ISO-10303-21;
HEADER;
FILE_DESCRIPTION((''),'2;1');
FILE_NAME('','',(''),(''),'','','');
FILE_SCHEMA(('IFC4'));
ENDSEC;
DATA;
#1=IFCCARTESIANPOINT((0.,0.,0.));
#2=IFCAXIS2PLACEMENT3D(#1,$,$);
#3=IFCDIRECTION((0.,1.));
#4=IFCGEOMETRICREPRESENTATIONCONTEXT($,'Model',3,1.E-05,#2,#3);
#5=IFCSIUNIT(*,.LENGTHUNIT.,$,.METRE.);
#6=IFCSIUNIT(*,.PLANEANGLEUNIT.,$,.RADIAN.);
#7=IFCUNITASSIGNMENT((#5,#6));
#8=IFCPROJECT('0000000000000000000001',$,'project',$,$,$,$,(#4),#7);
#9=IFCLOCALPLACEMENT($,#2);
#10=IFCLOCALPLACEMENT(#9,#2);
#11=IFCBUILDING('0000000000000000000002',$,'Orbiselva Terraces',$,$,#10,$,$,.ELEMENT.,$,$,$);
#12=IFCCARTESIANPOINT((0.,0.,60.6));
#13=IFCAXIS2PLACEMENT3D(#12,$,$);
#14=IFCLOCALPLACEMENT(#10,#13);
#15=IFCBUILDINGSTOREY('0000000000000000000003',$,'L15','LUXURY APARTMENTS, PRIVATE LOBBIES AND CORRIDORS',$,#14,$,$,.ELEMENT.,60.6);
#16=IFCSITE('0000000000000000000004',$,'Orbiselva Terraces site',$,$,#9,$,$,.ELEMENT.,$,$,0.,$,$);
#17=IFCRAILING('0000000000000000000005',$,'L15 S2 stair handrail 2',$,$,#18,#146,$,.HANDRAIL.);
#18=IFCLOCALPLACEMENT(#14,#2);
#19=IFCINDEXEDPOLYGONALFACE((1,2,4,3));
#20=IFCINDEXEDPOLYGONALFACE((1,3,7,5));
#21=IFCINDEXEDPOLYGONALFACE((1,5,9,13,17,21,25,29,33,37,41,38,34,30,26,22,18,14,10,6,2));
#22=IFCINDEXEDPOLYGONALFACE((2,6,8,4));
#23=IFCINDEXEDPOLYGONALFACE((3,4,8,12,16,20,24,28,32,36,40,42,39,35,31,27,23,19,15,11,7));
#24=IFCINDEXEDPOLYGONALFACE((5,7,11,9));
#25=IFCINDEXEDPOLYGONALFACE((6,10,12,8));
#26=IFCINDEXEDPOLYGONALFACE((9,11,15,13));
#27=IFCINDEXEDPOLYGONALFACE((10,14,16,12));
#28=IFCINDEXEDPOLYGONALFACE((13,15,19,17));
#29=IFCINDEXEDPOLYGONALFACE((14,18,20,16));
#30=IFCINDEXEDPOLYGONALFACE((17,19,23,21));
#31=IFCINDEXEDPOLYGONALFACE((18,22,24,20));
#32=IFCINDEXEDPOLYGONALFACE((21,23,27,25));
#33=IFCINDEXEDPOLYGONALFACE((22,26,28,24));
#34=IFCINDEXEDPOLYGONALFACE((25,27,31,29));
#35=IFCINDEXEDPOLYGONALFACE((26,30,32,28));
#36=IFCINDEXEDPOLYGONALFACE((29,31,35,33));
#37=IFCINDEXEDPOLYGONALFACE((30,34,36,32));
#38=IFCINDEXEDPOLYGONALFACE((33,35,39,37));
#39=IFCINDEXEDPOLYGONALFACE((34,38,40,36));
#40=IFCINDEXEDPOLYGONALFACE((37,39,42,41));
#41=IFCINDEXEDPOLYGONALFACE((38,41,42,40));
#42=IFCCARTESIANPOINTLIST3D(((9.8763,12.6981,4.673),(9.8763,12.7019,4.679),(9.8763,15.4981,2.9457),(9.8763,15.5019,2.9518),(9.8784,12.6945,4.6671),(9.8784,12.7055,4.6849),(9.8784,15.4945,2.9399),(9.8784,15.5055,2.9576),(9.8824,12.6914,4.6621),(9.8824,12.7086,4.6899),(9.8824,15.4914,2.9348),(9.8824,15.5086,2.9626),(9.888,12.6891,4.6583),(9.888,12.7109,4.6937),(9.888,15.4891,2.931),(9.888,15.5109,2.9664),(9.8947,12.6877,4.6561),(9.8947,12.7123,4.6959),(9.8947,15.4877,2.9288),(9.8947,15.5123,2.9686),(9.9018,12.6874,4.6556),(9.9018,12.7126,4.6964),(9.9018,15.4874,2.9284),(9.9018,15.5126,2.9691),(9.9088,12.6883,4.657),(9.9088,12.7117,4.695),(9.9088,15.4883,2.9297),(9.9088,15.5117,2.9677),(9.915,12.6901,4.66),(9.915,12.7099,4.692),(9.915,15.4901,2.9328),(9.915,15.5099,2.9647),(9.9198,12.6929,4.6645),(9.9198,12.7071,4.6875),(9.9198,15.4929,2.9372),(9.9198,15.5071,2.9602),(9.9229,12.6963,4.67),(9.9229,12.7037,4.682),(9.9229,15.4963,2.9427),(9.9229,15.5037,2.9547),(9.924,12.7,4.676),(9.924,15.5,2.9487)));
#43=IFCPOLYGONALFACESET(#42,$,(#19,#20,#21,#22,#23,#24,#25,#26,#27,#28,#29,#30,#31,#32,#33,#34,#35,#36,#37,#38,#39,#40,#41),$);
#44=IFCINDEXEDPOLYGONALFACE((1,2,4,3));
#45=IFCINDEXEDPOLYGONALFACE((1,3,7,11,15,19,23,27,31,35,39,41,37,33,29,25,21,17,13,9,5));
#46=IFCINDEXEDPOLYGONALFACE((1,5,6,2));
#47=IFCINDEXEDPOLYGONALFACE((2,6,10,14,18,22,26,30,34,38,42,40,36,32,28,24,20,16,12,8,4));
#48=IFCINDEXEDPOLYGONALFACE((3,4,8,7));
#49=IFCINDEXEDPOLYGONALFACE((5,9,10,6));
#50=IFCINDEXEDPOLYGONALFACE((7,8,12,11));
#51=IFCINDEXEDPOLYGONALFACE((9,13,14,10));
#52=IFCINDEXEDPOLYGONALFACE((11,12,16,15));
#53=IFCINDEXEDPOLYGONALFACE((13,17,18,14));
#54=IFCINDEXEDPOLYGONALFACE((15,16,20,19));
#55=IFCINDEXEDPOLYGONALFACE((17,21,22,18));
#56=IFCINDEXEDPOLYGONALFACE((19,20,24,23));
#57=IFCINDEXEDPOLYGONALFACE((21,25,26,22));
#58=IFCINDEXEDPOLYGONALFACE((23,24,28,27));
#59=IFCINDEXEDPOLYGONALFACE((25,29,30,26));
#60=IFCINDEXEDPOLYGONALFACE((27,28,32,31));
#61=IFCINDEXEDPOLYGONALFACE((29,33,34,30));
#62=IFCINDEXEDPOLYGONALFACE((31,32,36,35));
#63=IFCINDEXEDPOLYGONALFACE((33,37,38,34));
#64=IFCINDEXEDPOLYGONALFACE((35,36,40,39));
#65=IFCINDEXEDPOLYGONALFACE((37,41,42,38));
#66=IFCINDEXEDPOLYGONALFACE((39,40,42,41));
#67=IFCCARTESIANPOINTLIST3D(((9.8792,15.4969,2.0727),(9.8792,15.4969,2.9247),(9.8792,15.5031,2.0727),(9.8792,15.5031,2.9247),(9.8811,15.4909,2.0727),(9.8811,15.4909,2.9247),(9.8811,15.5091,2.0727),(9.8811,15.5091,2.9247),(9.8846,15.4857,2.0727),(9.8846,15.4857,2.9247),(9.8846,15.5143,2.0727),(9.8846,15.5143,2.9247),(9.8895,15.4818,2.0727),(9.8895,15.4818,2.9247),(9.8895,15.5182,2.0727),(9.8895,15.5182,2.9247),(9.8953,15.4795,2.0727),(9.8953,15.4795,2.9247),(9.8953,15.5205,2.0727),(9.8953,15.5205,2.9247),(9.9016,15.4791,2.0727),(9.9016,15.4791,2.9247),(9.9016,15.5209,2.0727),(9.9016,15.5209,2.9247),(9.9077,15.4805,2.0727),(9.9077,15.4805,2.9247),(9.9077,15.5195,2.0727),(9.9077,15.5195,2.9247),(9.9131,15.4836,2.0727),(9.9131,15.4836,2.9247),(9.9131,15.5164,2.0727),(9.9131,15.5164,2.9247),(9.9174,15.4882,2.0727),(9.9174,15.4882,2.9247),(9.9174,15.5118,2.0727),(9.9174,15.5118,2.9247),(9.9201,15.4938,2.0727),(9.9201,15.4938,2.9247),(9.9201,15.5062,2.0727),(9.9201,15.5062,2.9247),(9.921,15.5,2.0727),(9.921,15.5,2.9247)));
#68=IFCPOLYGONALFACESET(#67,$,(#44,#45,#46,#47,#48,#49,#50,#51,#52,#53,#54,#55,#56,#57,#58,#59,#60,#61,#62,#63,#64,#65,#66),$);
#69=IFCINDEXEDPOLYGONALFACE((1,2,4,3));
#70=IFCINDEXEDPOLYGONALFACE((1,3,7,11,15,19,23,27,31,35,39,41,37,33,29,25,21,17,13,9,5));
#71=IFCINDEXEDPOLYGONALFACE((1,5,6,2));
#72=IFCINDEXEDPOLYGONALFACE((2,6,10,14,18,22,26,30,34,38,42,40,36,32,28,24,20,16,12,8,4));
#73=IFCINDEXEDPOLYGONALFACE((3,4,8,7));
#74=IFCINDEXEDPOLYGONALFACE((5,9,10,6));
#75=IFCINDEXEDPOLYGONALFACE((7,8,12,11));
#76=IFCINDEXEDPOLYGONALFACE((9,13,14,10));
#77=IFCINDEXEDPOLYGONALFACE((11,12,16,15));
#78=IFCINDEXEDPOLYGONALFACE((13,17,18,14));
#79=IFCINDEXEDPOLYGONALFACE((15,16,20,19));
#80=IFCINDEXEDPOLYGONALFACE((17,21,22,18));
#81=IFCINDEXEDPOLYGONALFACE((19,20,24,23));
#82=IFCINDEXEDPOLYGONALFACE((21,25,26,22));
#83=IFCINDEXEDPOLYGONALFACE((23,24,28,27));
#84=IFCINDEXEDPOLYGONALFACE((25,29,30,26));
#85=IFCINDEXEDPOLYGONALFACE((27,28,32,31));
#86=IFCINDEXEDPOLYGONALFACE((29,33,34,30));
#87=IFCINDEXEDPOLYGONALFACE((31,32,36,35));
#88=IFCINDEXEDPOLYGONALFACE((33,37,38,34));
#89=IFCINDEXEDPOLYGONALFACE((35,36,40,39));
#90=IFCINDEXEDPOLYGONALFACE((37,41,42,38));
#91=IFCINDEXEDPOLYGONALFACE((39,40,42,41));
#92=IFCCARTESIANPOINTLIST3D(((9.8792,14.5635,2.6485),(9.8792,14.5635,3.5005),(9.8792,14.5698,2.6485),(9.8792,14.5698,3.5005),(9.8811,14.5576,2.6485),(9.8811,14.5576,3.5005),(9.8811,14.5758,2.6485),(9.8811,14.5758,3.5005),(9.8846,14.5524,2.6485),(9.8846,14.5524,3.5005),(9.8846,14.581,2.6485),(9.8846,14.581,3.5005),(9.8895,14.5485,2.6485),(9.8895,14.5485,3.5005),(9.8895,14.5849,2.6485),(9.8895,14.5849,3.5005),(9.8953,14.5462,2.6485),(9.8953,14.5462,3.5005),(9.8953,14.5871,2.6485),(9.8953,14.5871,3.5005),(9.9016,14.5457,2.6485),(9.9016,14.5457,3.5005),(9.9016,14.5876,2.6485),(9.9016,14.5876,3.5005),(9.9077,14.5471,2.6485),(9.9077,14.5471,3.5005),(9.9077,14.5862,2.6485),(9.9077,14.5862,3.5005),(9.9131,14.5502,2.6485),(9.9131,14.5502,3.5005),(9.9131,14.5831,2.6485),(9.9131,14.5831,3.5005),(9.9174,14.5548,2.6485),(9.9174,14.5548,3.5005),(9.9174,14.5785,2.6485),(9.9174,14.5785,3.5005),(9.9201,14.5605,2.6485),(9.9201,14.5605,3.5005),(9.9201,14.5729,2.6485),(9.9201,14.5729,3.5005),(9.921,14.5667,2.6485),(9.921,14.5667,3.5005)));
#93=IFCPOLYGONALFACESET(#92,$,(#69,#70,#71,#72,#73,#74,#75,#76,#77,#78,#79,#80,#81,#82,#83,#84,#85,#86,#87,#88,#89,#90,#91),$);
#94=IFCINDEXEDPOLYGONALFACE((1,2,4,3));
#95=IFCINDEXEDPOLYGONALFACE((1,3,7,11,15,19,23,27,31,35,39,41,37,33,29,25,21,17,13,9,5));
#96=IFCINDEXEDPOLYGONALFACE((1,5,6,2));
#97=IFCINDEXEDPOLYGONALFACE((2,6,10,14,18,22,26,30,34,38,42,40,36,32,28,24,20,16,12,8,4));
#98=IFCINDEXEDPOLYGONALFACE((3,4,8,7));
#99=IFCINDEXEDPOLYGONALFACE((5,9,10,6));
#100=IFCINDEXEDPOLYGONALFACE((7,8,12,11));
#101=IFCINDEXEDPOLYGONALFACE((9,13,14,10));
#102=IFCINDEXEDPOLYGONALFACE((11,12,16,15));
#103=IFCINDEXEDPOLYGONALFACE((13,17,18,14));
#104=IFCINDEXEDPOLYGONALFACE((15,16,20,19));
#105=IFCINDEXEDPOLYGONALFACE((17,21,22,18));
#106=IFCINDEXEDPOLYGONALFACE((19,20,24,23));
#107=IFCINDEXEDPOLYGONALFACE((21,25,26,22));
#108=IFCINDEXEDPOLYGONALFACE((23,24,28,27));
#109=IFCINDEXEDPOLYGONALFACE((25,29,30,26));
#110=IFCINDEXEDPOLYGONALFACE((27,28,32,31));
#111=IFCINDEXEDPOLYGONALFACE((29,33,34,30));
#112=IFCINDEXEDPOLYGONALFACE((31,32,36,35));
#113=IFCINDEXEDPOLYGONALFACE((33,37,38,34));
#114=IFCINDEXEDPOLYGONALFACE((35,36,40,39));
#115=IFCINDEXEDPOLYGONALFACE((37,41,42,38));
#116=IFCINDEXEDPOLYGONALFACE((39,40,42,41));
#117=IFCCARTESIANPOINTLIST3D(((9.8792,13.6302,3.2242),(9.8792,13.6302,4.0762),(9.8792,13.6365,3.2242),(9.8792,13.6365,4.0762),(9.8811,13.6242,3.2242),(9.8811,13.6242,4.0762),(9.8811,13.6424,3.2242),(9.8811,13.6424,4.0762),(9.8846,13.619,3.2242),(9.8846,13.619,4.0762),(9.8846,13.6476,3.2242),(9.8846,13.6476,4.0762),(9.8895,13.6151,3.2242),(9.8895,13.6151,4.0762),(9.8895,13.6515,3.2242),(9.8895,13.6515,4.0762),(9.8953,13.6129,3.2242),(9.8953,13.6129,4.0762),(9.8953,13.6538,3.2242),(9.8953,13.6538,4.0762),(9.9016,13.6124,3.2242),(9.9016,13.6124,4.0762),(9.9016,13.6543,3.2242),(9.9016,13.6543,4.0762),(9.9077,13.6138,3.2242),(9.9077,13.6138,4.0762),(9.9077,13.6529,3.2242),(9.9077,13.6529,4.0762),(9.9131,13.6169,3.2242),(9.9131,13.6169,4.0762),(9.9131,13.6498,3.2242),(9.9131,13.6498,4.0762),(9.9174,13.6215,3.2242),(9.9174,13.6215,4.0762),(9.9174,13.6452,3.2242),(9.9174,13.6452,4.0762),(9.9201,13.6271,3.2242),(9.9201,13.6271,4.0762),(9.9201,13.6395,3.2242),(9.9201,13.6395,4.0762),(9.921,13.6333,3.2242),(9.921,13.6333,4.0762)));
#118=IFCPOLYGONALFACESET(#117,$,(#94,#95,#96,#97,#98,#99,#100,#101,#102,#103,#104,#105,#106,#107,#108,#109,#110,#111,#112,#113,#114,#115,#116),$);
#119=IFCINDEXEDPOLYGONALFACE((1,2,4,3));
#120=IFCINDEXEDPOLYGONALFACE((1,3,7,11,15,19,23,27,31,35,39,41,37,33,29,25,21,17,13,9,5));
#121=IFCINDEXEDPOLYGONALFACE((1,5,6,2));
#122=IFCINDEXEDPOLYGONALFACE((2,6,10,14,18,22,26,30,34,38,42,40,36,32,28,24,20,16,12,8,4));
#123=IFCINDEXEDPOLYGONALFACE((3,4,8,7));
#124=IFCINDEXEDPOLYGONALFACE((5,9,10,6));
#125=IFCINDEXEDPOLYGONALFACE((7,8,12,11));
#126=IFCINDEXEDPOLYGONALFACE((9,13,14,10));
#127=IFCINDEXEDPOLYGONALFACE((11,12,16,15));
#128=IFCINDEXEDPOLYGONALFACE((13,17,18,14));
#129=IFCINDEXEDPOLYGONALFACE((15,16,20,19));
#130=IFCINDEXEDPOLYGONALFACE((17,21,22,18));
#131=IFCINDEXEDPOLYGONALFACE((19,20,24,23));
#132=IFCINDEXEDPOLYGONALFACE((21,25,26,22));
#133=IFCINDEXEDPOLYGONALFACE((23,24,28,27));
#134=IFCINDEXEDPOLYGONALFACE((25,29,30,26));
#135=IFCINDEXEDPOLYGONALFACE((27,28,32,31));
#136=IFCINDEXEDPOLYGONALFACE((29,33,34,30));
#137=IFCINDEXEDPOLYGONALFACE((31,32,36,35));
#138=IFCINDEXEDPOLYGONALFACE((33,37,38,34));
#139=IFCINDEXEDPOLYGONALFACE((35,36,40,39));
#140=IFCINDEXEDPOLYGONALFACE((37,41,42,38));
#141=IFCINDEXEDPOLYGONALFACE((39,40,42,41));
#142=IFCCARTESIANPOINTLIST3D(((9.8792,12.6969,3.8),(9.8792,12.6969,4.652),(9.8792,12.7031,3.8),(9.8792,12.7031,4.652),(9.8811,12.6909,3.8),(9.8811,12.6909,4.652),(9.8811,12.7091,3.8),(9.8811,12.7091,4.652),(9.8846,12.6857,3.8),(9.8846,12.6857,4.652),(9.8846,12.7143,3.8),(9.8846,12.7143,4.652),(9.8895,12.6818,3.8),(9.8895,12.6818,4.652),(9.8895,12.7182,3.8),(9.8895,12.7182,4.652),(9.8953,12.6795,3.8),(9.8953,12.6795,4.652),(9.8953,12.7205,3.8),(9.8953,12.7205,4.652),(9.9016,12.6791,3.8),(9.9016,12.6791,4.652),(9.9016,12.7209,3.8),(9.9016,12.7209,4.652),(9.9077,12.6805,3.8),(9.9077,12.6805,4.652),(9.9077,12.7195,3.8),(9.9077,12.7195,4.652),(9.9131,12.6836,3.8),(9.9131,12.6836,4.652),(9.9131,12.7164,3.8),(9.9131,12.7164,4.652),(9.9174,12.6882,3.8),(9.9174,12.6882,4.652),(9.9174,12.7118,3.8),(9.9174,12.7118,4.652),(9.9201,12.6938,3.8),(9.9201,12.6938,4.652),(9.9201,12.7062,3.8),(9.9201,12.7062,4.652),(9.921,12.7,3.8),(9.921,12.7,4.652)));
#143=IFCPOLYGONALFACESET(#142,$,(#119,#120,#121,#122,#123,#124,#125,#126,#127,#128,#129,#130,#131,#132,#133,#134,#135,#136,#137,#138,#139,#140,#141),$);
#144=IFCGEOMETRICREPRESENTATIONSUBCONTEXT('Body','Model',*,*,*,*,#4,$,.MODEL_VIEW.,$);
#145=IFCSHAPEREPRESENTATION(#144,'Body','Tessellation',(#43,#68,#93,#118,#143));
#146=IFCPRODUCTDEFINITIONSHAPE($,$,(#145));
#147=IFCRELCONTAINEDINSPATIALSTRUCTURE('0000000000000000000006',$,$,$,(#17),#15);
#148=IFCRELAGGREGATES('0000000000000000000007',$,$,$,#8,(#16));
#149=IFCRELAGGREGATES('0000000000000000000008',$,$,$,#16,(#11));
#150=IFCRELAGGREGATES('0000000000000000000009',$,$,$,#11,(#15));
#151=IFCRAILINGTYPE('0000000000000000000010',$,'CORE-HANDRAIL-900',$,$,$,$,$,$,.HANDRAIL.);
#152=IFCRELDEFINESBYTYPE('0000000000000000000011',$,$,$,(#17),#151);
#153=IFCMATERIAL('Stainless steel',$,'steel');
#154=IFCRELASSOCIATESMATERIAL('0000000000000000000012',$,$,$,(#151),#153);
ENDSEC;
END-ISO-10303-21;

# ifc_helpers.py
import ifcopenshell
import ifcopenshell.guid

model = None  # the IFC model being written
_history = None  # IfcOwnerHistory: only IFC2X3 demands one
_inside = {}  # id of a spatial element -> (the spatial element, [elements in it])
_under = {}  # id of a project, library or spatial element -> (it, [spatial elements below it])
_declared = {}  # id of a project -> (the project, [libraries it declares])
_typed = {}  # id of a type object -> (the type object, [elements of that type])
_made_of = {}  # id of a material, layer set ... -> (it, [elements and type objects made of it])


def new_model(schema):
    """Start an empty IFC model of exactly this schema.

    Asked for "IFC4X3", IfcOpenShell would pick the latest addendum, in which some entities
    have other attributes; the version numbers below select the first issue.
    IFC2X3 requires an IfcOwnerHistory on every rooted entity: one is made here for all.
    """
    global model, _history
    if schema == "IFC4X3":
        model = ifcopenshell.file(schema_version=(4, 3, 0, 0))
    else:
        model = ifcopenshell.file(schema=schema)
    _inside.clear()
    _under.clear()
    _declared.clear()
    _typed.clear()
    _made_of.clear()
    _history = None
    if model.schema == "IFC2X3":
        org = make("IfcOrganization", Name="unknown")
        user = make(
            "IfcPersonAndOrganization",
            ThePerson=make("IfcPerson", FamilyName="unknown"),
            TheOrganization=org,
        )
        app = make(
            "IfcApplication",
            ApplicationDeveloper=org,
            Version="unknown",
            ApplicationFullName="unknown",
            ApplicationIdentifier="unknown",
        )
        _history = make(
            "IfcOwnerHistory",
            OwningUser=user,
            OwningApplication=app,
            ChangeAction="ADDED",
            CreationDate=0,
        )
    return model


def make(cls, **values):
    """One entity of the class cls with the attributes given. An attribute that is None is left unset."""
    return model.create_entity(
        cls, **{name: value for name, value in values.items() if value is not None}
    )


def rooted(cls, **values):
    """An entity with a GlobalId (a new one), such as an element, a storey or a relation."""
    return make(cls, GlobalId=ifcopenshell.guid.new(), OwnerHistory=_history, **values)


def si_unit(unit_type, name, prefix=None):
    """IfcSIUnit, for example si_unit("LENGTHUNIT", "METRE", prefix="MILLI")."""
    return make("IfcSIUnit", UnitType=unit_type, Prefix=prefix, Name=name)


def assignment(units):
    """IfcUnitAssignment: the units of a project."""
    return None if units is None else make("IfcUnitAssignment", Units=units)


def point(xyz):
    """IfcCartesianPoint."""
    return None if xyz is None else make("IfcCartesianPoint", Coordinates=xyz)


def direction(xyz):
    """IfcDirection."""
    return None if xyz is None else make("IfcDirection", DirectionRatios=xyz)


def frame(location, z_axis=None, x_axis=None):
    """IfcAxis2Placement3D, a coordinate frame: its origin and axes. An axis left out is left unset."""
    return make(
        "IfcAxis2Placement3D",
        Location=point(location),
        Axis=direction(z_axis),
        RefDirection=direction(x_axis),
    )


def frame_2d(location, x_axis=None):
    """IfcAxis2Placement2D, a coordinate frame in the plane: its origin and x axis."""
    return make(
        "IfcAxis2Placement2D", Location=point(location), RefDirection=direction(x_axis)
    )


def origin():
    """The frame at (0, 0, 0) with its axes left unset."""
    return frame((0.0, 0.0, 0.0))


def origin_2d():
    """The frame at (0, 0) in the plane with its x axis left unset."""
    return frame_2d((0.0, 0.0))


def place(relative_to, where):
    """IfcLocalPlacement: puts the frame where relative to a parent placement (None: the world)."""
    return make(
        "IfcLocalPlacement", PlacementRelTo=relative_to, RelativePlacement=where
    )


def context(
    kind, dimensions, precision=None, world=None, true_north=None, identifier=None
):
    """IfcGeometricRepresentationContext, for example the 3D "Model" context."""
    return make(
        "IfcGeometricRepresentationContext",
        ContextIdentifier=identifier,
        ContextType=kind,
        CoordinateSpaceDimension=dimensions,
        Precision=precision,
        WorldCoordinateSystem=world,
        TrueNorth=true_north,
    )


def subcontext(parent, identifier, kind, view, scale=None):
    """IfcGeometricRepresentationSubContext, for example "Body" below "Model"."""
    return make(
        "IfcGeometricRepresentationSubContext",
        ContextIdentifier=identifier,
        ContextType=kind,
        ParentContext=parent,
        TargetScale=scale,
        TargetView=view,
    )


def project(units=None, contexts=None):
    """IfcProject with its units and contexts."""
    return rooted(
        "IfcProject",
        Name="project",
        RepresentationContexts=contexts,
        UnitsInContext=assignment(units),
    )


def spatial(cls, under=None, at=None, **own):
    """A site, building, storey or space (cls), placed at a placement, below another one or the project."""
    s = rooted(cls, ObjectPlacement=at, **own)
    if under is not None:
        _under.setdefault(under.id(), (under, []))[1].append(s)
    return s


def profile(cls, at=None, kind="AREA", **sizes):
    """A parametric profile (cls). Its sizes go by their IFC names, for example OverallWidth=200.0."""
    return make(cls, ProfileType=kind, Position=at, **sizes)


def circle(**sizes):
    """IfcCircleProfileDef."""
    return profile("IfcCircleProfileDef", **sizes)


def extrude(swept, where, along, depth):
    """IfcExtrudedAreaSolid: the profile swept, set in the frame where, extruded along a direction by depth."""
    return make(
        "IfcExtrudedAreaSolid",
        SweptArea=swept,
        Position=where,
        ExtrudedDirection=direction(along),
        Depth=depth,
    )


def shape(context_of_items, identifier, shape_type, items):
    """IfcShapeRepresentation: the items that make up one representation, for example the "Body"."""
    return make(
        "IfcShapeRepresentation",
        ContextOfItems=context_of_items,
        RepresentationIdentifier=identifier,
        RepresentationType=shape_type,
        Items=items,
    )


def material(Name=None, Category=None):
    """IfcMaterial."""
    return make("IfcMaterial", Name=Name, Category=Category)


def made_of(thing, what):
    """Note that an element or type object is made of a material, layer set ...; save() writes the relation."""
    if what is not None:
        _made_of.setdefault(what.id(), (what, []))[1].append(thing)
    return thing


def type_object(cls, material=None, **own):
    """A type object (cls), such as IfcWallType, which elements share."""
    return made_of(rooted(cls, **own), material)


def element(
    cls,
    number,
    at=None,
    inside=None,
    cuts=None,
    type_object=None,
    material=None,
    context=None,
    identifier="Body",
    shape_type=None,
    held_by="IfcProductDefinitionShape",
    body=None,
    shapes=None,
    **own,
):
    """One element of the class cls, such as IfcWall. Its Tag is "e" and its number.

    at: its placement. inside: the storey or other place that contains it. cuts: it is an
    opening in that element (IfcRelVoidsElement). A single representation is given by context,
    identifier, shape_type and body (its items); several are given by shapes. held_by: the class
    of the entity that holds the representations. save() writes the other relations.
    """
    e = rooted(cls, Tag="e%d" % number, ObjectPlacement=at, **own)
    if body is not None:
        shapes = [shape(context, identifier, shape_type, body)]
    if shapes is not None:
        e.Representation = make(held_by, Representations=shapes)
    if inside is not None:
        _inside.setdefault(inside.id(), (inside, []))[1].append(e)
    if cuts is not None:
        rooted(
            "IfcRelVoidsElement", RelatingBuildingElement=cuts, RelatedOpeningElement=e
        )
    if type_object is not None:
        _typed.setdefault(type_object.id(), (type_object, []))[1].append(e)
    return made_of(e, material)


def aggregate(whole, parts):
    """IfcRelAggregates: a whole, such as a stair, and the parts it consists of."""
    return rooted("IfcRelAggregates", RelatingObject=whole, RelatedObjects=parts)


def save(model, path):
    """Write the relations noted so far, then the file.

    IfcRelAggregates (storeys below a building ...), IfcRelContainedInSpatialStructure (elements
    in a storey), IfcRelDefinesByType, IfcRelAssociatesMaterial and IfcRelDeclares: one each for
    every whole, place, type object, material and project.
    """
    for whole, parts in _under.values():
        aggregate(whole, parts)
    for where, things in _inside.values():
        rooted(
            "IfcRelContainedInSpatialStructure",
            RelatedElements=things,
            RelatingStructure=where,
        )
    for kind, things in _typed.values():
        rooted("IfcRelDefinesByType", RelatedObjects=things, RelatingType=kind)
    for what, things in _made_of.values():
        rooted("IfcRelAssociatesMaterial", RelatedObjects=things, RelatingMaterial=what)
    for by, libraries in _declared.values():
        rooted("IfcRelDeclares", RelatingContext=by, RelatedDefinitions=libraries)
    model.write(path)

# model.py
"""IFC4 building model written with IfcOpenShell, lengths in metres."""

from ifc_helpers import new_model, si_unit, direction, frame, origin, origin_2d, place, context, subcontext, project, spatial, circle, extrude, material, type_object, element, save


model = new_model("IFC4")

# Units and contexts
model_context = context("Model", 3, precision=1e-05, world=origin(), true_north=direction((0.0, 1.0)))
body_context = subcontext(model_context, "Body", "Model", "MODEL_VIEW")
ifc_project = project(units=[si_unit("LENGTHUNIT", "METRE"), si_unit("PLANEANGLEUNIT", "RADIAN")], contexts=[model_context])

# Site, building, storey
site_placement = place(None, origin())
site = spatial("IfcSite", under=ifc_project, at=site_placement, Name="Orbiselva Terraces site", CompositionType="ELEMENT", RefElevation=0.0)
building_placement = place(site_placement, origin())
building = spatial("IfcBuilding", under=site, at=building_placement, Name="Orbiselva Terraces", CompositionType="ELEMENT")
storey_placement = place(building_placement, frame((0.0, 0.0, 60.6)))
storey = spatial("IfcBuildingStorey", under=building, at=storey_placement, Name="L15", Description="LUXURY APARTMENTS, PRIVATE LOBBIES AND CORRIDORS", CompositionType="ELEMENT", Elevation=60.6)

# Railing
ifc_material_1 = material(Name="Stainless steel", Category="steel")
railing_type = type_object("IfcRailingType", Name="CORE-HANDRAIL-900", PredefinedType="HANDRAIL", material=ifc_material_1)
railing_placement = place(storey_placement, frame((9.9, 15.5, 2.0727)))
element("IfcRailing", 1, at=railing_placement, inside=storey, type_object=railing_type, Name="L15 S2 stair handrail 2", PredefinedType="HANDRAIL", context=body_context, shape_type="SweptSolid", body=[
    extrude(circle(Radius=0.024, at=origin_2d()), frame((0.0, 0.0, 0.876), z_axis=(0.0, -0.851089, 0.525022), x_axis=(1.0, 0.0, 0.0)), (0.0, 0.0, 1.0), 3.2899),
    extrude(circle(Radius=0.021, at=origin_2d()), origin(), (0.0, 0.0, 1.0), 0.852),
    extrude(circle(Radius=0.021, at=origin_2d()), frame((0.0, -0.9333, 0.5758)), (0.0, 0.0, 1.0), 0.852),
    extrude(circle(Radius=0.021, at=origin_2d()), frame((0.0, -1.8667, 1.1515)), (0.0, 0.0, 1.0), 0.852),
    extrude(circle(Radius=0.021, at=origin_2d()), frame((0.0, -2.8, 1.7273)), (0.0, 0.0, 1.0), 0.852),
])

save(model, "model.ifc")
